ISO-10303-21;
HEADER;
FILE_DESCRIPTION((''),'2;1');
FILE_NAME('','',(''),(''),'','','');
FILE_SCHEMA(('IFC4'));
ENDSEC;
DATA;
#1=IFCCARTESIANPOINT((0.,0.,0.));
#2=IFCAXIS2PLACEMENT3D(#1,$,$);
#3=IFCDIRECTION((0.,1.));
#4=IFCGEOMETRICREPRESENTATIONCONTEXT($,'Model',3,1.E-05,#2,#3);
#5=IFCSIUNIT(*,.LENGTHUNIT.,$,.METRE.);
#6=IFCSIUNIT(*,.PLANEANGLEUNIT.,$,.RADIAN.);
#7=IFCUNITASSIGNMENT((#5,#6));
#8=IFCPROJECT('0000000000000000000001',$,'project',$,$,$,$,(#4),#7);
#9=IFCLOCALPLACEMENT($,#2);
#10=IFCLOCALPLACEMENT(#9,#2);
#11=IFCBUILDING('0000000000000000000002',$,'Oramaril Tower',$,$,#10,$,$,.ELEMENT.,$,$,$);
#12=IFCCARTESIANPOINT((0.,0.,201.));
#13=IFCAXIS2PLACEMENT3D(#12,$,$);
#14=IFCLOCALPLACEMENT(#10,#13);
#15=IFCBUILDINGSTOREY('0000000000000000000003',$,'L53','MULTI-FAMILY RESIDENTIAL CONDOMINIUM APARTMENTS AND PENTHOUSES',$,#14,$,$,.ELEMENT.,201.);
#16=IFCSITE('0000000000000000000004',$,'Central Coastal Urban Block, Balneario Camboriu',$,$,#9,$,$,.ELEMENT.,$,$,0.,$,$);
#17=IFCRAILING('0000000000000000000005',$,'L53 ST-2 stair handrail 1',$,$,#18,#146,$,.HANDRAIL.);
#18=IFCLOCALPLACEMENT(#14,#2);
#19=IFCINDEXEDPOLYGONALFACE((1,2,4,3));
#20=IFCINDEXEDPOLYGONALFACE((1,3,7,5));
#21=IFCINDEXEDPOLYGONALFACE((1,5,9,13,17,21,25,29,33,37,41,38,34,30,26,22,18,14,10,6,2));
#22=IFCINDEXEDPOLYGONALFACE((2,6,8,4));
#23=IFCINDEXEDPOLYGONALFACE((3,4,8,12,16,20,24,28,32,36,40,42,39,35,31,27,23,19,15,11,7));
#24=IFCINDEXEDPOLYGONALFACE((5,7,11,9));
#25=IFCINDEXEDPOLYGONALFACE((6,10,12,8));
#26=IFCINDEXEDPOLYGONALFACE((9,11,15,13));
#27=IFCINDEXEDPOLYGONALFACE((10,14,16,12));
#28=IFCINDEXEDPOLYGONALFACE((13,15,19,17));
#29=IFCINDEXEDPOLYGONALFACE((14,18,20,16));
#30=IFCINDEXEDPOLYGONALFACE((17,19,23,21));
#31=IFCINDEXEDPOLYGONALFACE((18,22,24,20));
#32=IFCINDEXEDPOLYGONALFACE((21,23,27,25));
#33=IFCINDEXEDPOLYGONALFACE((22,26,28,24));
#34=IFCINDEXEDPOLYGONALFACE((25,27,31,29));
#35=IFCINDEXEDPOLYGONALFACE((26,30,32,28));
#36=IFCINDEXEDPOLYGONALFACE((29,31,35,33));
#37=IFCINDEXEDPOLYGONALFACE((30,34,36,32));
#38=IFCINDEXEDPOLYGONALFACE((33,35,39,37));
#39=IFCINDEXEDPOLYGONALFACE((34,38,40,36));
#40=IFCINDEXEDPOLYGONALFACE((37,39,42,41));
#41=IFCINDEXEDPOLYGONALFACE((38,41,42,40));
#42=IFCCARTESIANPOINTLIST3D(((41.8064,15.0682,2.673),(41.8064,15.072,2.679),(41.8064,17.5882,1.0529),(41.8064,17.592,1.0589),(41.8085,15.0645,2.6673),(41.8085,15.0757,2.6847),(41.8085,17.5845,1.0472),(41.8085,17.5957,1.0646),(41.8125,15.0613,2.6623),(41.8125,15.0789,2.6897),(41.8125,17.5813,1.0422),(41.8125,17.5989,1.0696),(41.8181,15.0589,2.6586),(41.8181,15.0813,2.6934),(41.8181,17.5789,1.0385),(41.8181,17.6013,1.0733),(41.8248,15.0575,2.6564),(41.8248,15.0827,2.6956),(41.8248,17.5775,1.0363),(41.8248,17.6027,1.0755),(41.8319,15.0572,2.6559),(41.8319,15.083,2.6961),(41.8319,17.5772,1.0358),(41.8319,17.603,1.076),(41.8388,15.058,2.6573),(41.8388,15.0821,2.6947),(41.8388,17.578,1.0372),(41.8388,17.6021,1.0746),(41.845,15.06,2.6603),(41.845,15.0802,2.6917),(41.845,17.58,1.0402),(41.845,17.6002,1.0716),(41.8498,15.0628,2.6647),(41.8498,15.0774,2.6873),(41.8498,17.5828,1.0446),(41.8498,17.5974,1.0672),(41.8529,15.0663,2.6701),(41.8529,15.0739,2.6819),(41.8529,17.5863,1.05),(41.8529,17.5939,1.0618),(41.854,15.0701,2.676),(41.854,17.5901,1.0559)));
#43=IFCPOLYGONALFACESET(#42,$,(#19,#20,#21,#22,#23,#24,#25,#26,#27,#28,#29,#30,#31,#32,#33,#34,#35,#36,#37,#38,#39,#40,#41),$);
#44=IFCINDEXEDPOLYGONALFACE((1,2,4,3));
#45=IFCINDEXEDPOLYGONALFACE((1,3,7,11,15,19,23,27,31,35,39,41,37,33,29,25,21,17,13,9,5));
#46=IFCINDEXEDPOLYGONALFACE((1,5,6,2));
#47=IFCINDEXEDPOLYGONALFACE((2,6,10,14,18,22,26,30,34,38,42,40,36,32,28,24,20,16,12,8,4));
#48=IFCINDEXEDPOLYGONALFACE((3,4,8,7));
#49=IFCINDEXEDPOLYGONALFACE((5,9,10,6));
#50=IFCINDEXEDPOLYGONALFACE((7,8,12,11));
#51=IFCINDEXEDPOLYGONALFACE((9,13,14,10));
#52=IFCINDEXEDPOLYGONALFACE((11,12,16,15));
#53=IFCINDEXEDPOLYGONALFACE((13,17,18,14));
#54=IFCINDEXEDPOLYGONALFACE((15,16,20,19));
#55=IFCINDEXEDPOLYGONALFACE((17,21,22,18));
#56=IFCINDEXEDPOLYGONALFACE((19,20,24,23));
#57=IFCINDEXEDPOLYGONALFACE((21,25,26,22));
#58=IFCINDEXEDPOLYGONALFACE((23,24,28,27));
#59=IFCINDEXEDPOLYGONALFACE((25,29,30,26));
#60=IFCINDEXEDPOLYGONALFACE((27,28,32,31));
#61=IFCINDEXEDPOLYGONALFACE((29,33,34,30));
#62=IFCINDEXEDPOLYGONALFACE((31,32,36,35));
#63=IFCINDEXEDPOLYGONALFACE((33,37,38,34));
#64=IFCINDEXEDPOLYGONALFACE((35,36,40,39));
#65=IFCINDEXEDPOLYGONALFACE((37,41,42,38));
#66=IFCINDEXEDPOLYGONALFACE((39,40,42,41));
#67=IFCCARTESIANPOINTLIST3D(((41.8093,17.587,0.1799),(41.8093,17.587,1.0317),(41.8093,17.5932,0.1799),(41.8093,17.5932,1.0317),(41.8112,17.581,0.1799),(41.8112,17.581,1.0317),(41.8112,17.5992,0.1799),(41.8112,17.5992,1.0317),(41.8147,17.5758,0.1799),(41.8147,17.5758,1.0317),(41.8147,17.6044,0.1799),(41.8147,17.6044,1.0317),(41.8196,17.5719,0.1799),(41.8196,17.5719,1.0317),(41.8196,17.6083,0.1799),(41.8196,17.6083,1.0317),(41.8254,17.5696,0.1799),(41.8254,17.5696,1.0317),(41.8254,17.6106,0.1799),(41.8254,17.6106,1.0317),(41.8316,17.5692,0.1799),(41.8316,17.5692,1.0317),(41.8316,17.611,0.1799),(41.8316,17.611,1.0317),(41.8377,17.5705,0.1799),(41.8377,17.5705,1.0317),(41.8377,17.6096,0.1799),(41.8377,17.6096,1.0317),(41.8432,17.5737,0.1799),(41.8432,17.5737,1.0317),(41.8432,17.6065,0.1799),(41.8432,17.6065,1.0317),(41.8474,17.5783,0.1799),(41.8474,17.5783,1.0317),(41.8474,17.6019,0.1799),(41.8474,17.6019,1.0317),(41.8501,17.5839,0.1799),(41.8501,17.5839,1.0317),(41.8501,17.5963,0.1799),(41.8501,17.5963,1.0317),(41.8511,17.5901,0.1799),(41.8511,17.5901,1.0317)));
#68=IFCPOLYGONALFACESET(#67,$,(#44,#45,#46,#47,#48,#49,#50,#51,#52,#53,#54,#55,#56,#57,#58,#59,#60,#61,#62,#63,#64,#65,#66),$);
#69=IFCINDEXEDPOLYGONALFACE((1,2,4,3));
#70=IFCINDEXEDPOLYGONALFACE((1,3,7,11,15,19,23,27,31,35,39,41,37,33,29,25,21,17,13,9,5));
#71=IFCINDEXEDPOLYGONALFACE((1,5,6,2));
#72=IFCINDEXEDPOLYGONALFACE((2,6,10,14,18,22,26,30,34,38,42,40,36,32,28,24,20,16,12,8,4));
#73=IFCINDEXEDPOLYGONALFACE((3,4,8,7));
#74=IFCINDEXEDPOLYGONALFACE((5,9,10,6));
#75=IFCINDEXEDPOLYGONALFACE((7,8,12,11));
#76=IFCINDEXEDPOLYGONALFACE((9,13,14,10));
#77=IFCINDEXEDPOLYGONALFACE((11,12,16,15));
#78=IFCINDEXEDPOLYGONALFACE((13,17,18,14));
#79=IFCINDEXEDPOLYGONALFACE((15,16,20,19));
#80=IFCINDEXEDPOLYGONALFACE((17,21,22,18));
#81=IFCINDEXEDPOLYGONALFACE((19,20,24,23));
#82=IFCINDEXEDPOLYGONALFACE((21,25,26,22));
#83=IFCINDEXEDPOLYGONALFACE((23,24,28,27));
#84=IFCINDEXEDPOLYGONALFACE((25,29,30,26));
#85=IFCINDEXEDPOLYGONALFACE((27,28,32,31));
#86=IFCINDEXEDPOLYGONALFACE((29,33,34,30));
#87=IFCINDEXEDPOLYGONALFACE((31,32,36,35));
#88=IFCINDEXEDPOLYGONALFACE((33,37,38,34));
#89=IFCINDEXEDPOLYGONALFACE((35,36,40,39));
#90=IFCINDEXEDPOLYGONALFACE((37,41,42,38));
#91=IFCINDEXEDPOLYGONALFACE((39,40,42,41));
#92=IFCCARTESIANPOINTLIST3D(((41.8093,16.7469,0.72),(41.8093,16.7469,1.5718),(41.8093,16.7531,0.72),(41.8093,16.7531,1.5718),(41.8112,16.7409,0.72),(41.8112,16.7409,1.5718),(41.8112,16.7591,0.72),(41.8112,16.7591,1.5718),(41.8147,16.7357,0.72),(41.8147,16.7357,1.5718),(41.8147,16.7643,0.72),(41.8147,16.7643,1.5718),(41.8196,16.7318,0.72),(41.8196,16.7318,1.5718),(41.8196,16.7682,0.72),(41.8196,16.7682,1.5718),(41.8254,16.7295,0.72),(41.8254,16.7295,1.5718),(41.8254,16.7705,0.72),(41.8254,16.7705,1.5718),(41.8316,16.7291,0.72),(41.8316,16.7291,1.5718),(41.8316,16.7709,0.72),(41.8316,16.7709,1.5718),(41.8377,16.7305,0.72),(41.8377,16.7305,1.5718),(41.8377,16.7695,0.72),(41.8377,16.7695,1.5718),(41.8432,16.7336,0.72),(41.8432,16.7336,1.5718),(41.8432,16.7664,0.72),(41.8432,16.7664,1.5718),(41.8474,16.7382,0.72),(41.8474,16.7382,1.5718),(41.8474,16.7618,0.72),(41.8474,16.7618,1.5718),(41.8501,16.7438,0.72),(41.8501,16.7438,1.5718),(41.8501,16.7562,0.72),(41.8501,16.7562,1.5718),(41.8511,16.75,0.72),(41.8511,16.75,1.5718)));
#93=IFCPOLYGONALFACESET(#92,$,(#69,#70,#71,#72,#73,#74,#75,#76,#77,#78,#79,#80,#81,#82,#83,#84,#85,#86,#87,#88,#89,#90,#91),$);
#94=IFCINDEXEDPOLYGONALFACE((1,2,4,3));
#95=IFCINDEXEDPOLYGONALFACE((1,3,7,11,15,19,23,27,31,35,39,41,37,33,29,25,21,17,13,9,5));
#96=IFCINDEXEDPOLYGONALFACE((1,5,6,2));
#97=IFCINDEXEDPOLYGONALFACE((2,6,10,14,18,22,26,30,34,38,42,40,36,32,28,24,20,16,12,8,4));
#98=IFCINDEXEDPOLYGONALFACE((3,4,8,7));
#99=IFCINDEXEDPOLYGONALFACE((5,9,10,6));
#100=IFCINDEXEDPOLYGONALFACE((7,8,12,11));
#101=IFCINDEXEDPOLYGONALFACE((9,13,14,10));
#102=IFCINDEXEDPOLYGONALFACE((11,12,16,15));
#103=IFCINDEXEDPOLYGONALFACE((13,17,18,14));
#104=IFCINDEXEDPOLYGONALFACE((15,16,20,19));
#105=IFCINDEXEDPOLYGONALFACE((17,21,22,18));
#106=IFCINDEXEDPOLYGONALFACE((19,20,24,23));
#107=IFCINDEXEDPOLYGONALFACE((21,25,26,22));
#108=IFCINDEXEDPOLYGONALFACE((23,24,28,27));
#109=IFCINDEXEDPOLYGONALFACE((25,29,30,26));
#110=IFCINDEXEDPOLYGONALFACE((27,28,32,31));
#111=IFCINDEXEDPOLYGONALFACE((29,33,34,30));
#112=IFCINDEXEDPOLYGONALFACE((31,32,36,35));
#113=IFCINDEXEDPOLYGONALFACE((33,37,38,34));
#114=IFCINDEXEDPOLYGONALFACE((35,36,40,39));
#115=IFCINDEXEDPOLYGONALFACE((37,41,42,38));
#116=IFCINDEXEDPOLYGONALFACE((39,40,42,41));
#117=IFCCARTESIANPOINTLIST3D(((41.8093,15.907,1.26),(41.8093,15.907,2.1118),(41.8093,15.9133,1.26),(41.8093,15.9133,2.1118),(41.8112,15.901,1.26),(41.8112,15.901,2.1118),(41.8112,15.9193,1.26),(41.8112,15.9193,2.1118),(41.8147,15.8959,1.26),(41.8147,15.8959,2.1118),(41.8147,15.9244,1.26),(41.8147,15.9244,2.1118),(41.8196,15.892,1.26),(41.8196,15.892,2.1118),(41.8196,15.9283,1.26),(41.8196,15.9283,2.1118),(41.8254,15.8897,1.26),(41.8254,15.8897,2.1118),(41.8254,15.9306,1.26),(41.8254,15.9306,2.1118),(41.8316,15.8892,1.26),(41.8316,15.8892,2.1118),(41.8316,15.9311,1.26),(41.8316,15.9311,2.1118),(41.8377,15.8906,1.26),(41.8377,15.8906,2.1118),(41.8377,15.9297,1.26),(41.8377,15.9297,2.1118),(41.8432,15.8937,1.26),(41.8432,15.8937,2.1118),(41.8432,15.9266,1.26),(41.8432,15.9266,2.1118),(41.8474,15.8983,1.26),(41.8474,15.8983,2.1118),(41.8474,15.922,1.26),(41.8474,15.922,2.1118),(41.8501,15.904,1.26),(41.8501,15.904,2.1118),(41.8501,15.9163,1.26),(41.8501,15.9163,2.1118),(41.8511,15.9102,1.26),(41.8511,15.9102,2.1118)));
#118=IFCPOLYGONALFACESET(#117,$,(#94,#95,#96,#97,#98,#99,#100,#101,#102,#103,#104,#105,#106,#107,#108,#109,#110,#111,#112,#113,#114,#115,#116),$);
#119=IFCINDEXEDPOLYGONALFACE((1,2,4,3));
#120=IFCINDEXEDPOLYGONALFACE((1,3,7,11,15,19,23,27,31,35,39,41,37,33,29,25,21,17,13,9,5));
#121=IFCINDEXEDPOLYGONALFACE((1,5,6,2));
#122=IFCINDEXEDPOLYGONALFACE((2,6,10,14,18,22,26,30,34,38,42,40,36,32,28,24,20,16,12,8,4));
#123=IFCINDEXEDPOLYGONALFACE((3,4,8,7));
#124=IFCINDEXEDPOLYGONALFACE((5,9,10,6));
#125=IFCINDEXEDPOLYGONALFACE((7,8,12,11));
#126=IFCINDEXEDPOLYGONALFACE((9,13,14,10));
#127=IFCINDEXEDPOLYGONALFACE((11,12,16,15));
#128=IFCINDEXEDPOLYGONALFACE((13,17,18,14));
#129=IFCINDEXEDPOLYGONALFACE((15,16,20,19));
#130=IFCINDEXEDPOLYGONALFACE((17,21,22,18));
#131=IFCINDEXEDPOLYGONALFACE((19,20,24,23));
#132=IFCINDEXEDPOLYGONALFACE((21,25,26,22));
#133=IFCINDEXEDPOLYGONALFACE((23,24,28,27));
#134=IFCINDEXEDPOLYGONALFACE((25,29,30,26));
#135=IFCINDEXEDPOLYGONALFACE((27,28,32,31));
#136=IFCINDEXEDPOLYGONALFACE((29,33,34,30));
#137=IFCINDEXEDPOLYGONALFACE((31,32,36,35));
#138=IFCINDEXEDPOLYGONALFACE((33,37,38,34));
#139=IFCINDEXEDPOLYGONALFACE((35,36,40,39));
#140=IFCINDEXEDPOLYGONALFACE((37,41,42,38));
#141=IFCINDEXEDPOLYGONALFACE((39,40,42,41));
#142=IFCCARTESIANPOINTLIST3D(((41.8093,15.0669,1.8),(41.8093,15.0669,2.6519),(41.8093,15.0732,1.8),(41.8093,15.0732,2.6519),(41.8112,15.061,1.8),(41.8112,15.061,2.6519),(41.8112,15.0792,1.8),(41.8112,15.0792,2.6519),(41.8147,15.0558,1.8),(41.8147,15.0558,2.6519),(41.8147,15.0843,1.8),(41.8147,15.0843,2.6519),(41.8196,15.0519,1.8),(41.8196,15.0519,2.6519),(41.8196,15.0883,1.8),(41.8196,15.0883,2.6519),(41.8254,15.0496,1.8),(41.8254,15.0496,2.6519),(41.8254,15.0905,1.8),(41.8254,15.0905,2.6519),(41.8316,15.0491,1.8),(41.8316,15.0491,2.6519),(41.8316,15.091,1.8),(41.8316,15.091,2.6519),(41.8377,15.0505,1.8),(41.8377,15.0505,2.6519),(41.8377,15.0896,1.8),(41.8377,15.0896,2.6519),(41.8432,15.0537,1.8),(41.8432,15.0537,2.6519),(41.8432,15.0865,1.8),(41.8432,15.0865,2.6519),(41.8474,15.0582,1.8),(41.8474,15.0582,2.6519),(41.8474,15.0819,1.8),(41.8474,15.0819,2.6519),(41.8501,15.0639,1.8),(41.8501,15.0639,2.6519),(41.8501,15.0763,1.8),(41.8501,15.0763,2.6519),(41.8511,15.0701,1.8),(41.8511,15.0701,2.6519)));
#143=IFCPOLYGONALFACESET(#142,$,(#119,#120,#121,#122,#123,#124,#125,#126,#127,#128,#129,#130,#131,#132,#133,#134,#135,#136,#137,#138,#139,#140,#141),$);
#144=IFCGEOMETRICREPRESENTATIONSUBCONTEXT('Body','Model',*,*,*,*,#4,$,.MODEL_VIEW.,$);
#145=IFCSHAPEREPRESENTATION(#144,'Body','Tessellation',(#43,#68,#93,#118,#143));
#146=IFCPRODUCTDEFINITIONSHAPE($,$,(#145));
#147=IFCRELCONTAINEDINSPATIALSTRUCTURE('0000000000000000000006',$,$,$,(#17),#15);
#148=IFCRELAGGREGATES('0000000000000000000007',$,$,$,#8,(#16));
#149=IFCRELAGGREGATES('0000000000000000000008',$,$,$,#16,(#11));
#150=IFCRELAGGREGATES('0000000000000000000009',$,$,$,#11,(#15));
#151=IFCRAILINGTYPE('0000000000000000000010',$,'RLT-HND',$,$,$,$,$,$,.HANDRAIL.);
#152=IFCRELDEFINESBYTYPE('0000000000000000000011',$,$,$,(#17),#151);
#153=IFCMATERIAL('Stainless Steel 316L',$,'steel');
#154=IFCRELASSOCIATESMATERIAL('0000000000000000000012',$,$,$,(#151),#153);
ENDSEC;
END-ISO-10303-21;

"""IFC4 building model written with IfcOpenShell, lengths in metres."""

from ifc_helpers import new_model, si_unit, direction, frame, origin, origin_2d, place, context, subcontext, project, spatial, circle, extrude, material, type_object, element, save


model = new_model("IFC4")

# Units and contexts
model_context = context("Model", 3, precision=1e-05, world=origin(), true_north=direction((0.0, 1.0)))
body_context = subcontext(model_context, "Body", "Model", "MODEL_VIEW")
ifc_project = project(units=[si_unit("LENGTHUNIT", "METRE"), si_unit("PLANEANGLEUNIT", "RADIAN")], contexts=[model_context])

# Site, building, storey
site_placement = place(None, origin())
site = spatial("IfcSite", under=ifc_project, at=site_placement, Name="Central Coastal Urban Block, Balneario Camboriu", CompositionType="ELEMENT", RefElevation=0.0)
building_placement = place(site_placement, origin())
building = spatial("IfcBuilding", under=site, at=building_placement, Name="Oramaril Tower", CompositionType="ELEMENT")
storey_placement = place(building_placement, frame((0.0, 0.0, 201.0)))
storey = spatial("IfcBuildingStorey", under=building, at=storey_placement, Name="L53", Description="MULTI-FAMILY RESIDENTIAL CONDOMINIUM APARTMENTS AND PENTHOUSES", CompositionType="ELEMENT", Elevation=201.0)

# Railing
ifc_material_1 = material(Name="Stainless Steel 316L", Category="steel")
railing_type_1 = type_object("IfcRailingType", Name="RLT-HND", PredefinedType="HANDRAIL", material=ifc_material_1)
railing_1_placement = place(storey_placement, frame((41.8301, 17.5901, 0.1799)))
element("IfcRailing", 1, at=railing_1_placement, inside=storey, type_object=railing_type_1, Name="L53 ST-2 stair handrail 1", PredefinedType="HANDRAIL", context=body_context, shape_type="SweptSolid", body=[
    extrude(circle(Radius=0.0239, at=origin_2d()), frame((0.0, 0.0, 0.876), z_axis=(0.0, -0.841163, 0.540782), x_axis=(1.0, 0.0, 0.0)), (0.0, 0.0, 1.0), 2.9958),
    extrude(circle(Radius=0.021, at=origin_2d()), origin(), (0.0, 0.0, 1.0), 0.8518),
    extrude(circle(Radius=0.021, at=origin_2d()), frame((0.0, -0.8401, 0.54)), (0.0, 0.0, 1.0), 0.8518),
    extrude(circle(Radius=0.021, at=origin_2d()), frame((0.0, -1.6799, 1.0801)), (0.0, 0.0, 1.0), 0.8518),
    extrude(circle(Radius=0.021, at=origin_2d()), frame((0.0, -2.52, 1.6201)), (0.0, 0.0, 1.0), 0.8518),
])

save(model, "model.ifc")
